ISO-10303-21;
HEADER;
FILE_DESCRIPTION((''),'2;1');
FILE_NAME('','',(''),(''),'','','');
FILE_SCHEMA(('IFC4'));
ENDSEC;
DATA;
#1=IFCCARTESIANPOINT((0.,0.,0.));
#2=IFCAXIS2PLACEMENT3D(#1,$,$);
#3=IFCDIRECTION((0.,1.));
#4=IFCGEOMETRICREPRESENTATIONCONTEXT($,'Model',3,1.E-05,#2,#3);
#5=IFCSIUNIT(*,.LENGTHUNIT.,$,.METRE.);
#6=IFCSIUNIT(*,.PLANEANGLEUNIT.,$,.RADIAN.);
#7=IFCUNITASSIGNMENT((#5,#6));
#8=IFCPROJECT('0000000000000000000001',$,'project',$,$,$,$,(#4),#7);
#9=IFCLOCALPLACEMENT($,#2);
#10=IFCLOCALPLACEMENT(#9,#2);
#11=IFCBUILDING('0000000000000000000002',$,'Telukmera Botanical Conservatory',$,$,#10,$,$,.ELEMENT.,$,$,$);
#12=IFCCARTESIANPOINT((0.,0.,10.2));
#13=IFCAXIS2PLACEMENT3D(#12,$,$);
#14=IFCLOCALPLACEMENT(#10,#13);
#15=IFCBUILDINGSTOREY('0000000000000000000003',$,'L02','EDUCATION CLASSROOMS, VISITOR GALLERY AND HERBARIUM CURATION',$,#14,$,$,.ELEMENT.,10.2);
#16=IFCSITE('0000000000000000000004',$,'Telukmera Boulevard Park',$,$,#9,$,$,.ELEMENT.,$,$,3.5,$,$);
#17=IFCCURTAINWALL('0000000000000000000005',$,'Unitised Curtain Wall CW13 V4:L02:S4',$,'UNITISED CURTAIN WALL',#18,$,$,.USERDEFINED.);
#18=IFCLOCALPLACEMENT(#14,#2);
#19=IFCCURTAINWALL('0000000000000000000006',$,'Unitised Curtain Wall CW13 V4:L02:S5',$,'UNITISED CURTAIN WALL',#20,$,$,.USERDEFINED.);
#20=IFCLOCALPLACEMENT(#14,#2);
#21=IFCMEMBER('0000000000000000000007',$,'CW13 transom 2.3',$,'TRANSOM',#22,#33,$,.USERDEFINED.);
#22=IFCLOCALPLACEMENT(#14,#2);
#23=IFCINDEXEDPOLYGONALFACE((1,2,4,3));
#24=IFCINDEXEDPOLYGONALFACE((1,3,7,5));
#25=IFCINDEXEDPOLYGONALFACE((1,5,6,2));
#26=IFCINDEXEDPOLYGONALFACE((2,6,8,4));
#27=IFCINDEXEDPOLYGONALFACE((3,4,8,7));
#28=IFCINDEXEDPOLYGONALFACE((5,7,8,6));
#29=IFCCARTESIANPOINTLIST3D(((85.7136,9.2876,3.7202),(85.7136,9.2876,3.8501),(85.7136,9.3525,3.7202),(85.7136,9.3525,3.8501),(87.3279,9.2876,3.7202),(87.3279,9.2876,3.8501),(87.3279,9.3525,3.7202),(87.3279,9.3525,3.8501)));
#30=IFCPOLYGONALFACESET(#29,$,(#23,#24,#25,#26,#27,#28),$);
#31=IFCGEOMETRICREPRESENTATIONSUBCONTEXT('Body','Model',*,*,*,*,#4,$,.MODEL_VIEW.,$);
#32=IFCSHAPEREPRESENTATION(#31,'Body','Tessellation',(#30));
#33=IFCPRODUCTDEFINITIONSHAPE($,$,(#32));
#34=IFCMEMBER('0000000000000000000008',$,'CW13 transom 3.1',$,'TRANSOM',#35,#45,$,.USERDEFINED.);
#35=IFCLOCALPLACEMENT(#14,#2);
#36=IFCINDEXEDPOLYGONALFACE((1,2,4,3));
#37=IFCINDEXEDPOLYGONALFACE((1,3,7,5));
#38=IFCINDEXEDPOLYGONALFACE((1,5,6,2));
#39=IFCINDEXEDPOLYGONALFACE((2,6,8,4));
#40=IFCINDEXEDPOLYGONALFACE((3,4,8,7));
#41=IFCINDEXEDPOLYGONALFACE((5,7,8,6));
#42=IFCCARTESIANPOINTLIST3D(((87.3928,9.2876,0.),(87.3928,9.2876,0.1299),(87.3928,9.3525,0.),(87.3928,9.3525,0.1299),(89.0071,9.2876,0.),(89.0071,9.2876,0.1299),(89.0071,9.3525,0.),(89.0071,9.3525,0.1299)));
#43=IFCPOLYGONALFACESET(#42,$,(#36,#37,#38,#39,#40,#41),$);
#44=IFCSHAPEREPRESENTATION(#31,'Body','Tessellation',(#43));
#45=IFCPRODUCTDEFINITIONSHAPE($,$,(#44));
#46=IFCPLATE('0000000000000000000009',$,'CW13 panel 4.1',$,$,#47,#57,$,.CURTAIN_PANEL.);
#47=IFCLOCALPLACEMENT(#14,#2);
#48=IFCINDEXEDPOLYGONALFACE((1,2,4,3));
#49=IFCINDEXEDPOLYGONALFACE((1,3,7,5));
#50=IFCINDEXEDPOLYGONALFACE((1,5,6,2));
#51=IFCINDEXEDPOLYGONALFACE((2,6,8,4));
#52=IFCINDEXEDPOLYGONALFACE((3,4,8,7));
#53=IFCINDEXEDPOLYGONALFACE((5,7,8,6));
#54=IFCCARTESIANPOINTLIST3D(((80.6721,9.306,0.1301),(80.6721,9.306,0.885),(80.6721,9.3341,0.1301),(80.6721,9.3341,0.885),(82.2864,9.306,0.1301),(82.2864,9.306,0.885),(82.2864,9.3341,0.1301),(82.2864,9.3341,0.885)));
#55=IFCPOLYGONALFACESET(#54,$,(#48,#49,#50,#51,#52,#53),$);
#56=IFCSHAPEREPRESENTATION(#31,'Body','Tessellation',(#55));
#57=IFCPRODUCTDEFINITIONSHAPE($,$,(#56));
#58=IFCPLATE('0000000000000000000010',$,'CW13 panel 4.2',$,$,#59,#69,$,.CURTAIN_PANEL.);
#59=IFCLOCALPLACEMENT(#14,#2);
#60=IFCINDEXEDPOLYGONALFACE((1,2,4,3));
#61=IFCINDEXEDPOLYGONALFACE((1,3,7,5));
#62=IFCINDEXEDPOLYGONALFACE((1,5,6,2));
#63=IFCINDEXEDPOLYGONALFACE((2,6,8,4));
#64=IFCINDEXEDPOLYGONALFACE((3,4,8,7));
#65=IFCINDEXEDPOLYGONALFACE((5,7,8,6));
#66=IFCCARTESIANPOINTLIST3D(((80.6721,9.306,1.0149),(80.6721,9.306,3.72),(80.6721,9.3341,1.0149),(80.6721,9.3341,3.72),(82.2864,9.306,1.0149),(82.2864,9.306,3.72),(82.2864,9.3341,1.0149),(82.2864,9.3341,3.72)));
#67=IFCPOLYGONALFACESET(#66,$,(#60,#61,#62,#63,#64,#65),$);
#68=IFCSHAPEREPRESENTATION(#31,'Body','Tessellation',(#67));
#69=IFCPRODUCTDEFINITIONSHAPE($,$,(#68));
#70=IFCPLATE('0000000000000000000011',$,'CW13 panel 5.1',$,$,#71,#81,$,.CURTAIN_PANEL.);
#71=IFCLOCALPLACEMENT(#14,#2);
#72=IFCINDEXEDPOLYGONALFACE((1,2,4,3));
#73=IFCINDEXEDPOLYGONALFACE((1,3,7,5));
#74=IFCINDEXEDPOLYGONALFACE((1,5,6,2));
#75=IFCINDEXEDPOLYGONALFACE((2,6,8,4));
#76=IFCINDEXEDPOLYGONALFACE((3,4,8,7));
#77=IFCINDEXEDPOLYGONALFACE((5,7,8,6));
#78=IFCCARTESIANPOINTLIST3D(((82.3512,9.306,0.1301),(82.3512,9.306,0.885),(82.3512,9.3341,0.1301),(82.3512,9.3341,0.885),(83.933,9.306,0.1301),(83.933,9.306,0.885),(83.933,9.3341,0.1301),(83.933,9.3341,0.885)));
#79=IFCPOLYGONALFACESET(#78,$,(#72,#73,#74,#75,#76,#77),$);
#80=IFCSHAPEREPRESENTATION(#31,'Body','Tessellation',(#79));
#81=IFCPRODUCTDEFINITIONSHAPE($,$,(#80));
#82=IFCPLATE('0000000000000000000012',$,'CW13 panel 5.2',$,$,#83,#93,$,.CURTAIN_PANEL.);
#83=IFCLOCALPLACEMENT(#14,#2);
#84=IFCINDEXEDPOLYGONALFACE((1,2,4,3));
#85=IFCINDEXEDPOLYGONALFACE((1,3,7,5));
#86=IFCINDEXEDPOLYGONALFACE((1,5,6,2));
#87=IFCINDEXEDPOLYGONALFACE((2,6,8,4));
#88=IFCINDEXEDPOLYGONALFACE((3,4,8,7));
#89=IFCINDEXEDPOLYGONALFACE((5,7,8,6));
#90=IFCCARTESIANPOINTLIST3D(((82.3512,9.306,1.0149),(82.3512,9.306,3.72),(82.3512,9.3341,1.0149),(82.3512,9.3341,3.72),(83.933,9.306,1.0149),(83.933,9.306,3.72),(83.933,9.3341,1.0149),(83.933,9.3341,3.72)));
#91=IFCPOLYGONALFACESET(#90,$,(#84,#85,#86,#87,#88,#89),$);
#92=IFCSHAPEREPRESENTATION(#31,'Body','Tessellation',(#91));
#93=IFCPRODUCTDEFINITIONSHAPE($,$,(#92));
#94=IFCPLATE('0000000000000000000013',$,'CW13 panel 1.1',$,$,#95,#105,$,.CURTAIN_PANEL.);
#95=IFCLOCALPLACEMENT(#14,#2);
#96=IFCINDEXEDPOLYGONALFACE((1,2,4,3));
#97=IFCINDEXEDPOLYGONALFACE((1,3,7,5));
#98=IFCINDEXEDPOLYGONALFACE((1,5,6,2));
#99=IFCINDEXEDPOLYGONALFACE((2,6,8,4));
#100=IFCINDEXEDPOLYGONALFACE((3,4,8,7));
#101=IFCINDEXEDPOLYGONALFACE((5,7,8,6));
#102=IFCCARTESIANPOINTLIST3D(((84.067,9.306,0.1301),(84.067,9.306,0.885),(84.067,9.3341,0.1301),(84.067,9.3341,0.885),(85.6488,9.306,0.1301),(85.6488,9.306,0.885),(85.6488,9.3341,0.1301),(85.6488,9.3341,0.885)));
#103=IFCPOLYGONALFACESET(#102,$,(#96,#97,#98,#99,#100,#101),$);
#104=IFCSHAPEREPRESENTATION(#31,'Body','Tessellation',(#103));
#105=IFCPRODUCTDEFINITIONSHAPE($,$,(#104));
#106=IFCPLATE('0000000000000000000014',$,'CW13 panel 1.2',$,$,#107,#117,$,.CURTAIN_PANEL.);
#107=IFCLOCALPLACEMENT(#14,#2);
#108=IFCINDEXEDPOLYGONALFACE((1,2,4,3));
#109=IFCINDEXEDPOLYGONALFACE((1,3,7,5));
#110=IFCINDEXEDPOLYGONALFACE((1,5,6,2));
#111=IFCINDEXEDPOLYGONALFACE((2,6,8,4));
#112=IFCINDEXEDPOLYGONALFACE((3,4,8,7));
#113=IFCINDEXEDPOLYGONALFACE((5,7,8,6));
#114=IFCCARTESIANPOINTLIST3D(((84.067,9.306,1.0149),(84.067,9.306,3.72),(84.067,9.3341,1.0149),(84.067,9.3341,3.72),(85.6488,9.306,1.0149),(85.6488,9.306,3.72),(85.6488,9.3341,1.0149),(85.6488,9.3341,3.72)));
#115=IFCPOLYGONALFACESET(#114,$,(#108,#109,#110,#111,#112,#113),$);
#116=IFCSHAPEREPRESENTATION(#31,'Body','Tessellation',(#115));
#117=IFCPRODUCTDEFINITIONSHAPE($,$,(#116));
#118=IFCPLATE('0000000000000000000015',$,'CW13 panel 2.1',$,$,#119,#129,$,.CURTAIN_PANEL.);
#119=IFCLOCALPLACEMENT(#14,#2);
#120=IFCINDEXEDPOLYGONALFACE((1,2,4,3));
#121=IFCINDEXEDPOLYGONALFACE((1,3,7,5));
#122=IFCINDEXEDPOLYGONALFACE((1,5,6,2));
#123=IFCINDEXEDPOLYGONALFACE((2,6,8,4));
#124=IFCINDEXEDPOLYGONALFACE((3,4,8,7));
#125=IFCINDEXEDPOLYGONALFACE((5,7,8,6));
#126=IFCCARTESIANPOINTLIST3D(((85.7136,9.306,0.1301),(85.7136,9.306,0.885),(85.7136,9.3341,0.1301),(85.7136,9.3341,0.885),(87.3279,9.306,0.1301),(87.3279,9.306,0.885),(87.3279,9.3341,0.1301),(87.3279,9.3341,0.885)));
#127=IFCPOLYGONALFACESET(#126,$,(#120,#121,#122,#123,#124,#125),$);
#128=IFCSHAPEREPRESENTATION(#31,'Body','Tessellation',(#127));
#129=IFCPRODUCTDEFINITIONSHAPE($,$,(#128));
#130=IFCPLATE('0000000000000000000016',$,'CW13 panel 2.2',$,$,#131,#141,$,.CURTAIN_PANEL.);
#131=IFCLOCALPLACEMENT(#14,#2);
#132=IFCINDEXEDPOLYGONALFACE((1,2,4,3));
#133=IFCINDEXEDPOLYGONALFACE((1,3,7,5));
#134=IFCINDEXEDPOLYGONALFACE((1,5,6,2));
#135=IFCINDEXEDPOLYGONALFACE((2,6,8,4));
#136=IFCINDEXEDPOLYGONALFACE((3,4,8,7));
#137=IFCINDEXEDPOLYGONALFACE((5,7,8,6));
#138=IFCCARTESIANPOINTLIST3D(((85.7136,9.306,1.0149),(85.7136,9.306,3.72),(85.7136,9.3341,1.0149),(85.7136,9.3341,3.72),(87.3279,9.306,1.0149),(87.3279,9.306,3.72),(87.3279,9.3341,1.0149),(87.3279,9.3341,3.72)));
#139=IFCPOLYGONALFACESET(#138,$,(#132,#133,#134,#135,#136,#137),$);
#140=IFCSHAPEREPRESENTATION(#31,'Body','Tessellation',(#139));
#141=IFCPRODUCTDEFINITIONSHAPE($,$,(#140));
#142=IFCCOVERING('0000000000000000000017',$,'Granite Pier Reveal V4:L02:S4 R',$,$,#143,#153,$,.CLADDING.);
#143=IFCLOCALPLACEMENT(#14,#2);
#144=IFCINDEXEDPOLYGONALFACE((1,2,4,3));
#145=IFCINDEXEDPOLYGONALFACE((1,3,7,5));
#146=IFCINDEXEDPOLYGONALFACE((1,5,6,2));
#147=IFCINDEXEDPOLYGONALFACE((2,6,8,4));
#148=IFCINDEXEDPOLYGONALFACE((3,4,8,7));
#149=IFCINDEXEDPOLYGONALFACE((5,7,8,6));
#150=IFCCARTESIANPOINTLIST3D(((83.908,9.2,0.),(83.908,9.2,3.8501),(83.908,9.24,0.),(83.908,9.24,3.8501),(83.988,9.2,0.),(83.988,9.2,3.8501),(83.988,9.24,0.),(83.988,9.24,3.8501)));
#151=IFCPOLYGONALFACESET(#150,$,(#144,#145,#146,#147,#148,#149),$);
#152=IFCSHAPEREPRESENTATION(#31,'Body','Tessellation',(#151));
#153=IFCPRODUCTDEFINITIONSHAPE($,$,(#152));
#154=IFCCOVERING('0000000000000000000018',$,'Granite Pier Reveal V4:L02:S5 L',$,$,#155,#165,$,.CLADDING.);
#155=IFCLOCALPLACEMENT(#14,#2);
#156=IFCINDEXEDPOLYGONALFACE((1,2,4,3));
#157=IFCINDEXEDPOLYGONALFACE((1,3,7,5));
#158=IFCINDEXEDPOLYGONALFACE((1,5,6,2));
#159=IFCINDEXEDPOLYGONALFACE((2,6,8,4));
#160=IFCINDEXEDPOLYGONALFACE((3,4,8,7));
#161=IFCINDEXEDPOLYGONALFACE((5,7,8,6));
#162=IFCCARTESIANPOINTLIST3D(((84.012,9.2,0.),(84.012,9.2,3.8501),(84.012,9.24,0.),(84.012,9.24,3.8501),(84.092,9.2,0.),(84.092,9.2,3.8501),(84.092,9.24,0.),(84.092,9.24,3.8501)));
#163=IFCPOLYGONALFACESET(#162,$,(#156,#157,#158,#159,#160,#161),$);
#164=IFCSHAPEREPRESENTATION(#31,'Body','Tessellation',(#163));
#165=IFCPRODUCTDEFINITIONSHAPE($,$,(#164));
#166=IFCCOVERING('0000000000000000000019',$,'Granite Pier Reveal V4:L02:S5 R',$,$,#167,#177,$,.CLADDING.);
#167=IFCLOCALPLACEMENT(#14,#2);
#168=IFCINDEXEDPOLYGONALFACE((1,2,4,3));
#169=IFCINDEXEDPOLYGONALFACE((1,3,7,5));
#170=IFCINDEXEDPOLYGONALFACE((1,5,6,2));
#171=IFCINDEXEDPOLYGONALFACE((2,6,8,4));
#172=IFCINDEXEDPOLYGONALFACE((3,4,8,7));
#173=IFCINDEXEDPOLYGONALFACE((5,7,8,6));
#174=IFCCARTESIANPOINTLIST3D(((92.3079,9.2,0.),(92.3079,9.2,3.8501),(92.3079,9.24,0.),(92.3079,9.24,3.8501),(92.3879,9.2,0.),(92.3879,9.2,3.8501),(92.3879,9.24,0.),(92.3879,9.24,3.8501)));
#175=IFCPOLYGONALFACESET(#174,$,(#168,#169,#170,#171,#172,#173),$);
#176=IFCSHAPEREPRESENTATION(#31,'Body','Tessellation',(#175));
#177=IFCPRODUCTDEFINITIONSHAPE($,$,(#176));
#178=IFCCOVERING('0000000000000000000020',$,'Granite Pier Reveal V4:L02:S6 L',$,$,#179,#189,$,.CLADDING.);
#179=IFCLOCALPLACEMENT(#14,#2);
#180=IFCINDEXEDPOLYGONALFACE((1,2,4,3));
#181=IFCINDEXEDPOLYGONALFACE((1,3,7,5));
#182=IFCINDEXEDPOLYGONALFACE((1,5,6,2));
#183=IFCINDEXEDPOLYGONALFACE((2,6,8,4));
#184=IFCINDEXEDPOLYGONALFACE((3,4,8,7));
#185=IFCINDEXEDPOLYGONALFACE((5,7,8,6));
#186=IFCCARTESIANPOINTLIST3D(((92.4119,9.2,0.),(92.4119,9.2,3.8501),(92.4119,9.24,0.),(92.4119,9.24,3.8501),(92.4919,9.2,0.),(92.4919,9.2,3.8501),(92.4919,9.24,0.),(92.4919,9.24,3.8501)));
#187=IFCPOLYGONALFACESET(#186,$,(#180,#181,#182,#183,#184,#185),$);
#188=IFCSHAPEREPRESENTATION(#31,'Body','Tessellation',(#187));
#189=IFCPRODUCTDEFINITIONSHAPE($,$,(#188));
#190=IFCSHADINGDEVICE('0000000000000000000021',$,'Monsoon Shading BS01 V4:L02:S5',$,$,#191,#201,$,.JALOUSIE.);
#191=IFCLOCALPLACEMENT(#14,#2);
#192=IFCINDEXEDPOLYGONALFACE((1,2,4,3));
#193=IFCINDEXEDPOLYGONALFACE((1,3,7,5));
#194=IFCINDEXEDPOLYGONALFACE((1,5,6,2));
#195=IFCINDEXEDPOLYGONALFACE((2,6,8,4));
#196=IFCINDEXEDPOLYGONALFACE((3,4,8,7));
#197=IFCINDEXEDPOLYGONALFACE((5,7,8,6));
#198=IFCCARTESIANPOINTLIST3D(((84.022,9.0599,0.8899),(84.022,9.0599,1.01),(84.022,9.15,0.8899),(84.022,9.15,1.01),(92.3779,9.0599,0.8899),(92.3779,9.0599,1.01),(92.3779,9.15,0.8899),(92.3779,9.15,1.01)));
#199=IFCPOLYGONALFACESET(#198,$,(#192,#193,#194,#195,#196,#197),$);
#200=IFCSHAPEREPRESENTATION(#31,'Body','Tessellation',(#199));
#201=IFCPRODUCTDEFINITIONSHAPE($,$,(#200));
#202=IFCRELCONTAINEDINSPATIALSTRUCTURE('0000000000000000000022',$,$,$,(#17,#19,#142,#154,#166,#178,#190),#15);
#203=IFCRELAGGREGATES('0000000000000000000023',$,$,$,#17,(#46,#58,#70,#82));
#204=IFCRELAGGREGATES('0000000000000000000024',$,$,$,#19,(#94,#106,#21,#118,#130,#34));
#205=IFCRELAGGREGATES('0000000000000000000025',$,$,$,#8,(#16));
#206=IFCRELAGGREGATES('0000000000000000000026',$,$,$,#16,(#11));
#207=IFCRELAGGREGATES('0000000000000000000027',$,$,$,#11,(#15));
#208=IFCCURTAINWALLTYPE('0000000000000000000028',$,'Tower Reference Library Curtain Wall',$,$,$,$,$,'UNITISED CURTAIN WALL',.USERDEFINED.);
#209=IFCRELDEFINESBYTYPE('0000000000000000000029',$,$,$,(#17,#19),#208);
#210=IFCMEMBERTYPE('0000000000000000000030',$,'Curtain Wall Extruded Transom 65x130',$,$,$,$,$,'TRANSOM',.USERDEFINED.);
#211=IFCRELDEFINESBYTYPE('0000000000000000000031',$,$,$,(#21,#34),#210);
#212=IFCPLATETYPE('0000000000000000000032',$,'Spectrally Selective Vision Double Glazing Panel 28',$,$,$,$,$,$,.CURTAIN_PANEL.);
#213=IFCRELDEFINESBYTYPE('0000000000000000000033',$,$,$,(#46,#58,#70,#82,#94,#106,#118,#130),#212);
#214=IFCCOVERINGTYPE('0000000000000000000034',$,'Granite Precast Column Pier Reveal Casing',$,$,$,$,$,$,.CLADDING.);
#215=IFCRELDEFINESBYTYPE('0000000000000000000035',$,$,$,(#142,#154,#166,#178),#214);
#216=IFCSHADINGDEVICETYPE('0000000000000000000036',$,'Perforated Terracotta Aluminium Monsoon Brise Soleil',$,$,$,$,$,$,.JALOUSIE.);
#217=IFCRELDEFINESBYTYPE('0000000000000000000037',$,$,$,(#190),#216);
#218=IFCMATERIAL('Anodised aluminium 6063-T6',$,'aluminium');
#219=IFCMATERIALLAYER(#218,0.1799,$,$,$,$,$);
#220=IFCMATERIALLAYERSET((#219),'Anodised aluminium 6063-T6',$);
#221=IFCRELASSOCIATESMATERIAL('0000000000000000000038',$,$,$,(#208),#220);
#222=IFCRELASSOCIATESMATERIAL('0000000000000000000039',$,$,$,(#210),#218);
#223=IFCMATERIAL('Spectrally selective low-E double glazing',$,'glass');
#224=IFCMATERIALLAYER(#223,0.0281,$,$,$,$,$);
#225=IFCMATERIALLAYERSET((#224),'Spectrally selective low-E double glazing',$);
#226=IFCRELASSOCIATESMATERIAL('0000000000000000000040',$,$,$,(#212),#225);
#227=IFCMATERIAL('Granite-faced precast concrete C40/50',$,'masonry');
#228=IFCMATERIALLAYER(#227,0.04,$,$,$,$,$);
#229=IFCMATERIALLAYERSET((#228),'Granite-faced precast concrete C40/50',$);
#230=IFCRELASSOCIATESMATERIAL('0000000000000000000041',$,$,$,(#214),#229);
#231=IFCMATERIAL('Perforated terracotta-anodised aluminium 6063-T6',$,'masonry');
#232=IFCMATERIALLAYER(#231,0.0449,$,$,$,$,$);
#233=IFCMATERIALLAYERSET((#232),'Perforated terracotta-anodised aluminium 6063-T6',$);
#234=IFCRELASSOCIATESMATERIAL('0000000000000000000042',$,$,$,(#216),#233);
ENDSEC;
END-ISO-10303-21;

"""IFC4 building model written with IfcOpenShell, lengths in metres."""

from ifc_helpers import new_model, si_unit, direction, frame, origin, origin_2d, place, context, subcontext, project, spatial, rectangle, extrude, material, layer, layer_set, material_profile, profile_set, type_object, element, aggregate, save


model = new_model("IFC4")

# Units and contexts
model_context = context("Model", 3, precision=1e-05, world=origin(), true_north=direction((0.0, 1.0)))
body_context = subcontext(model_context, "Body", "Model", "MODEL_VIEW")
ifc_project = project(units=[si_unit("LENGTHUNIT", "METRE"), si_unit("PLANEANGLEUNIT", "RADIAN")], contexts=[model_context])

# Site, building, storey
site_placement = place(None, origin())
site = spatial("IfcSite", under=ifc_project, at=site_placement, Name="Telukmera Boulevard Park", CompositionType="ELEMENT", RefElevation=3.5)
building_placement = place(site_placement, origin())
building = spatial("IfcBuilding", under=site, at=building_placement, Name="Telukmera Botanical Conservatory", CompositionType="ELEMENT")
storey_placement = place(building_placement, frame((0.0, 0.0, 10.2)))
storey = spatial("IfcBuildingStorey", under=building, at=storey_placement, Name="L02", Description="EDUCATION CLASSROOMS, VISITOR GALLERY AND HERBARIUM CURATION", CompositionType="ELEMENT", Elevation=10.2)

# Curtain walls
ifc_material_1 = material(Name="Anodised aluminium 6063-T6", Category="aluminium")
ifc_layer_1 = layer(ifc_material_1, 0.1799)
ifc_layer_set_1 = layer_set([ifc_layer_1], Name="Anodised aluminium 6063-T6")
curtain_wall_type = type_object("IfcCurtainWallType", Name="Tower Reference Library Curtain Wall", ElementType="UNITISED CURTAIN WALL", PredefinedType="USERDEFINED", material=ifc_layer_set_1)
curtain_wall_1_placement = place(storey_placement, origin())
curtain_wall_1 = element("IfcCurtainWall", 1, at=curtain_wall_1_placement, inside=storey, type_object=curtain_wall_type, Name="Unitised Curtain Wall CW13 V4:L02:S4", ObjectType="UNITISED CURTAIN WALL", PredefinedType="USERDEFINED")
curtain_wall_2_placement = place(storey_placement, origin())
curtain_wall_2 = element("IfcCurtainWall", 2, at=curtain_wall_2_placement, inside=storey, type_object=curtain_wall_type, Name="Unitised Curtain Wall CW13 V4:L02:S5", ObjectType="UNITISED CURTAIN WALL", PredefinedType="USERDEFINED")

# Members
ifc_material_profile_1 = material_profile(ifc_material_1, rectangle(XDim=0.0649, YDim=0.1299, at=origin_2d()), Name="ALU TRAN 65x130")
ifc_profile_set_1 = profile_set([ifc_material_profile_1], Name="Anodised aluminium 6063-T6")
member_type_1 = type_object("IfcMemberType", Name="Curtain Wall Extruded Transom 65x130", ElementType="TRANSOM", PredefinedType="USERDEFINED", material=ifc_profile_set_1)
member_1_placement = place(storey_placement, frame((85.7136, 9.3201, 3.7852), z_axis=(1.0, 0.0, 0.0), x_axis=(0.0, 1.0, 0.0)))
member_1 = element("IfcMember", 3, at=member_1_placement, type_object=member_type_1, Name="CW13 transom 2.3", ObjectType="TRANSOM", PredefinedType="USERDEFINED", context=body_context, shape_type="SweptSolid", body=[
    extrude(rectangle(XDim=0.0649, YDim=0.1299, at=origin_2d()), origin(), (0.0, 0.0, 1.0), 1.6143),
])
member_2_placement = place(storey_placement, frame((87.3928, 9.3201, 0.0649), z_axis=(1.0, 0.0, 0.0), x_axis=(0.0, 1.0, 0.0)))
member_2 = element("IfcMember", 4, at=member_2_placement, type_object=member_type_1, Name="CW13 transom 3.1", ObjectType="TRANSOM", PredefinedType="USERDEFINED", context=body_context, shape_type="SweptSolid", body=[
    extrude(rectangle(XDim=0.0649, YDim=0.1299, at=origin_2d()), origin(), (0.0, 0.0, 1.0), 1.6143),
])

# Plates
ifc_material_2 = material(Name="Spectrally selective low-E double glazing", Category="glass")
ifc_layer_2 = layer(ifc_material_2, 0.0281)
ifc_layer_set_2 = layer_set([ifc_layer_2], Name="Spectrally selective low-E double glazing")
plate_type = type_object("IfcPlateType", Name="Spectrally Selective Vision Double Glazing Panel 28", PredefinedType="CURTAIN_PANEL", material=ifc_layer_set_2)
plate_1_placement = place(storey_placement, frame((81.4792, 9.3201, 0.1301), z_axis=(0.0, 0.0, 1.0), x_axis=(1.0, 0.0, 0.0)))
plate_1 = element("IfcPlate", 5, at=plate_1_placement, type_object=plate_type, Name="CW13 panel 4.1", PredefinedType="CURTAIN_PANEL", context=body_context, shape_type="SweptSolid", body=[
    extrude(rectangle(XDim=1.6143, YDim=0.0281, at=origin_2d()), origin(), (0.0, 0.0, 1.0), 0.7549),
])
plate_2_placement = place(storey_placement, frame((81.4792, 9.3201, 1.0149), z_axis=(0.0, 0.0, 1.0), x_axis=(1.0, 0.0, 0.0)))
plate_2 = element("IfcPlate", 6, at=plate_2_placement, type_object=plate_type, Name="CW13 panel 4.2", PredefinedType="CURTAIN_PANEL", context=body_context, shape_type="SweptSolid", body=[
    extrude(rectangle(XDim=1.6143, YDim=0.0281, at=origin_2d()), origin(), (0.0, 0.0, 1.0), 2.7051),
])
plate_3_placement = place(storey_placement, frame((83.1421, 9.3201, 0.1301), z_axis=(0.0, 0.0, 1.0), x_axis=(1.0, 0.0, 0.0)))
plate_3 = element("IfcPlate", 7, at=plate_3_placement, type_object=plate_type, Name="CW13 panel 5.1", PredefinedType="CURTAIN_PANEL", context=body_context, shape_type="SweptSolid", body=[
    extrude(rectangle(XDim=1.5818, YDim=0.0281, at=origin_2d()), origin(), (0.0, 0.0, 1.0), 0.7549),
])
plate_4_placement = place(storey_placement, frame((83.1421, 9.3201, 1.0149), z_axis=(0.0, 0.0, 1.0), x_axis=(1.0, 0.0, 0.0)))
plate_4 = element("IfcPlate", 8, at=plate_4_placement, type_object=plate_type, Name="CW13 panel 5.2", PredefinedType="CURTAIN_PANEL", context=body_context, shape_type="SweptSolid", body=[
    extrude(rectangle(XDim=1.5818, YDim=0.0281, at=origin_2d()), origin(), (0.0, 0.0, 1.0), 2.7051),
])
aggregate(curtain_wall_1, [plate_1, plate_2, plate_3, plate_4])
plate_5_placement = place(storey_placement, frame((84.8579, 9.3201, 0.1301), z_axis=(0.0, 0.0, 1.0), x_axis=(1.0, 0.0, 0.0)))
plate_5 = element("IfcPlate", 9, at=plate_5_placement, type_object=plate_type, Name="CW13 panel 1.1", PredefinedType="CURTAIN_PANEL", context=body_context, shape_type="SweptSolid", body=[
    extrude(rectangle(XDim=1.5818, YDim=0.0281, at=origin_2d()), origin(), (0.0, 0.0, 1.0), 0.7549),
])
plate_6_placement = place(storey_placement, frame((84.8579, 9.3201, 1.0149), z_axis=(0.0, 0.0, 1.0), x_axis=(1.0, 0.0, 0.0)))
plate_6 = element("IfcPlate", 10, at=plate_6_placement, type_object=plate_type, Name="CW13 panel 1.2", PredefinedType="CURTAIN_PANEL", context=body_context, shape_type="SweptSolid", body=[
    extrude(rectangle(XDim=1.5818, YDim=0.0281, at=origin_2d()), origin(), (0.0, 0.0, 1.0), 2.7051),
])
plate_7_placement = place(storey_placement, frame((86.5208, 9.3201, 0.1301), z_axis=(0.0, 0.0, 1.0), x_axis=(1.0, 0.0, 0.0)))
plate_7 = element("IfcPlate", 11, at=plate_7_placement, type_object=plate_type, Name="CW13 panel 2.1", PredefinedType="CURTAIN_PANEL", context=body_context, shape_type="SweptSolid", body=[
    extrude(rectangle(XDim=1.6143, YDim=0.0281, at=origin_2d()), origin(), (0.0, 0.0, 1.0), 0.7549),
])
plate_8_placement = place(storey_placement, frame((86.5208, 9.3201, 1.0149), z_axis=(0.0, 0.0, 1.0), x_axis=(1.0, 0.0, 0.0)))
plate_8 = element("IfcPlate", 12, at=plate_8_placement, type_object=plate_type, Name="CW13 panel 2.2", PredefinedType="CURTAIN_PANEL", context=body_context, shape_type="SweptSolid", body=[
    extrude(rectangle(XDim=1.6143, YDim=0.0281, at=origin_2d()), origin(), (0.0, 0.0, 1.0), 2.7051),
])
aggregate(curtain_wall_2, [plate_5, plate_6, member_1, plate_7, plate_8, member_2])

# Coverings
ifc_material_3 = material(Name="Granite-faced precast concrete C40/50", Category="masonry")
ifc_layer_3 = layer(ifc_material_3, 0.04)
ifc_layer_set_3 = layer_set([ifc_layer_3], Name="Granite-faced precast concrete C40/50")
covering_type = type_object("IfcCoveringType", Name="Granite Precast Column Pier Reveal Casing", PredefinedType="CLADDING", material=ifc_layer_set_3)
for number, where, z_axis, x_axis, name in (
    (13, (83.948, 9.22, 0.0), (0.0, 0.0, 1.0), (1.0, 0.0, 0.0), "Granite Pier Reveal V4:L02:S4 R"),
    (14, (84.052, 9.22, 0.0), (0.0, 0.0, 1.0), (1.0, 0.0, 0.0), "Granite Pier Reveal V4:L02:S5 L"),
    (15, (92.3479, 9.22, 0.0), (0.0, 0.0, 1.0), (1.0, 0.0, 0.0), "Granite Pier Reveal V4:L02:S5 R"),
    (16, (92.4519, 9.22, 0.0), (0.0, 0.0, 1.0), (1.0, 0.0, 0.0), "Granite Pier Reveal V4:L02:S6 L"),
):
    element("IfcCovering", number, at=place(storey_placement, frame(where, z_axis=z_axis, x_axis=x_axis)), inside=storey, type_object=covering_type, Name=name, PredefinedType="CLADDING", context=body_context, shape_type="SweptSolid", body=[
        extrude(rectangle(XDim=0.0801, YDim=0.04, at=origin_2d()), origin(), (0.0, 0.0, 1.0), 3.8501),
    ])

# Shading device
ifc_material_4 = material(Name="Perforated terracotta-anodised aluminium 6063-T6", Category="masonry")
ifc_layer_4 = layer(ifc_material_4, 0.0449)
ifc_layer_set_4 = layer_set([ifc_layer_4], Name="Perforated terracotta-anodised aluminium 6063-T6")
shading_device_type = type_object("IfcShadingDeviceType", Name="Perforated Terracotta Aluminium Monsoon Brise Soleil", PredefinedType="JALOUSIE", material=ifc_layer_set_4)
shading_device_placement = place(storey_placement, frame((88.2, 9.105, 0.8899), z_axis=(0.0, 0.0, 1.0), x_axis=(1.0, 0.0, 0.0)))
element("IfcShadingDevice", 17, at=shading_device_placement, inside=storey, type_object=shading_device_type, Name="Monsoon Shading BS01 V4:L02:S5", PredefinedType="JALOUSIE", context=body_context, shape_type="SweptSolid", body=[
    extrude(rectangle(XDim=8.356, YDim=0.0901, at=origin_2d()), origin(), (0.0, 0.0, 1.0), 0.1201),
])

save(model, "model.ifc")
